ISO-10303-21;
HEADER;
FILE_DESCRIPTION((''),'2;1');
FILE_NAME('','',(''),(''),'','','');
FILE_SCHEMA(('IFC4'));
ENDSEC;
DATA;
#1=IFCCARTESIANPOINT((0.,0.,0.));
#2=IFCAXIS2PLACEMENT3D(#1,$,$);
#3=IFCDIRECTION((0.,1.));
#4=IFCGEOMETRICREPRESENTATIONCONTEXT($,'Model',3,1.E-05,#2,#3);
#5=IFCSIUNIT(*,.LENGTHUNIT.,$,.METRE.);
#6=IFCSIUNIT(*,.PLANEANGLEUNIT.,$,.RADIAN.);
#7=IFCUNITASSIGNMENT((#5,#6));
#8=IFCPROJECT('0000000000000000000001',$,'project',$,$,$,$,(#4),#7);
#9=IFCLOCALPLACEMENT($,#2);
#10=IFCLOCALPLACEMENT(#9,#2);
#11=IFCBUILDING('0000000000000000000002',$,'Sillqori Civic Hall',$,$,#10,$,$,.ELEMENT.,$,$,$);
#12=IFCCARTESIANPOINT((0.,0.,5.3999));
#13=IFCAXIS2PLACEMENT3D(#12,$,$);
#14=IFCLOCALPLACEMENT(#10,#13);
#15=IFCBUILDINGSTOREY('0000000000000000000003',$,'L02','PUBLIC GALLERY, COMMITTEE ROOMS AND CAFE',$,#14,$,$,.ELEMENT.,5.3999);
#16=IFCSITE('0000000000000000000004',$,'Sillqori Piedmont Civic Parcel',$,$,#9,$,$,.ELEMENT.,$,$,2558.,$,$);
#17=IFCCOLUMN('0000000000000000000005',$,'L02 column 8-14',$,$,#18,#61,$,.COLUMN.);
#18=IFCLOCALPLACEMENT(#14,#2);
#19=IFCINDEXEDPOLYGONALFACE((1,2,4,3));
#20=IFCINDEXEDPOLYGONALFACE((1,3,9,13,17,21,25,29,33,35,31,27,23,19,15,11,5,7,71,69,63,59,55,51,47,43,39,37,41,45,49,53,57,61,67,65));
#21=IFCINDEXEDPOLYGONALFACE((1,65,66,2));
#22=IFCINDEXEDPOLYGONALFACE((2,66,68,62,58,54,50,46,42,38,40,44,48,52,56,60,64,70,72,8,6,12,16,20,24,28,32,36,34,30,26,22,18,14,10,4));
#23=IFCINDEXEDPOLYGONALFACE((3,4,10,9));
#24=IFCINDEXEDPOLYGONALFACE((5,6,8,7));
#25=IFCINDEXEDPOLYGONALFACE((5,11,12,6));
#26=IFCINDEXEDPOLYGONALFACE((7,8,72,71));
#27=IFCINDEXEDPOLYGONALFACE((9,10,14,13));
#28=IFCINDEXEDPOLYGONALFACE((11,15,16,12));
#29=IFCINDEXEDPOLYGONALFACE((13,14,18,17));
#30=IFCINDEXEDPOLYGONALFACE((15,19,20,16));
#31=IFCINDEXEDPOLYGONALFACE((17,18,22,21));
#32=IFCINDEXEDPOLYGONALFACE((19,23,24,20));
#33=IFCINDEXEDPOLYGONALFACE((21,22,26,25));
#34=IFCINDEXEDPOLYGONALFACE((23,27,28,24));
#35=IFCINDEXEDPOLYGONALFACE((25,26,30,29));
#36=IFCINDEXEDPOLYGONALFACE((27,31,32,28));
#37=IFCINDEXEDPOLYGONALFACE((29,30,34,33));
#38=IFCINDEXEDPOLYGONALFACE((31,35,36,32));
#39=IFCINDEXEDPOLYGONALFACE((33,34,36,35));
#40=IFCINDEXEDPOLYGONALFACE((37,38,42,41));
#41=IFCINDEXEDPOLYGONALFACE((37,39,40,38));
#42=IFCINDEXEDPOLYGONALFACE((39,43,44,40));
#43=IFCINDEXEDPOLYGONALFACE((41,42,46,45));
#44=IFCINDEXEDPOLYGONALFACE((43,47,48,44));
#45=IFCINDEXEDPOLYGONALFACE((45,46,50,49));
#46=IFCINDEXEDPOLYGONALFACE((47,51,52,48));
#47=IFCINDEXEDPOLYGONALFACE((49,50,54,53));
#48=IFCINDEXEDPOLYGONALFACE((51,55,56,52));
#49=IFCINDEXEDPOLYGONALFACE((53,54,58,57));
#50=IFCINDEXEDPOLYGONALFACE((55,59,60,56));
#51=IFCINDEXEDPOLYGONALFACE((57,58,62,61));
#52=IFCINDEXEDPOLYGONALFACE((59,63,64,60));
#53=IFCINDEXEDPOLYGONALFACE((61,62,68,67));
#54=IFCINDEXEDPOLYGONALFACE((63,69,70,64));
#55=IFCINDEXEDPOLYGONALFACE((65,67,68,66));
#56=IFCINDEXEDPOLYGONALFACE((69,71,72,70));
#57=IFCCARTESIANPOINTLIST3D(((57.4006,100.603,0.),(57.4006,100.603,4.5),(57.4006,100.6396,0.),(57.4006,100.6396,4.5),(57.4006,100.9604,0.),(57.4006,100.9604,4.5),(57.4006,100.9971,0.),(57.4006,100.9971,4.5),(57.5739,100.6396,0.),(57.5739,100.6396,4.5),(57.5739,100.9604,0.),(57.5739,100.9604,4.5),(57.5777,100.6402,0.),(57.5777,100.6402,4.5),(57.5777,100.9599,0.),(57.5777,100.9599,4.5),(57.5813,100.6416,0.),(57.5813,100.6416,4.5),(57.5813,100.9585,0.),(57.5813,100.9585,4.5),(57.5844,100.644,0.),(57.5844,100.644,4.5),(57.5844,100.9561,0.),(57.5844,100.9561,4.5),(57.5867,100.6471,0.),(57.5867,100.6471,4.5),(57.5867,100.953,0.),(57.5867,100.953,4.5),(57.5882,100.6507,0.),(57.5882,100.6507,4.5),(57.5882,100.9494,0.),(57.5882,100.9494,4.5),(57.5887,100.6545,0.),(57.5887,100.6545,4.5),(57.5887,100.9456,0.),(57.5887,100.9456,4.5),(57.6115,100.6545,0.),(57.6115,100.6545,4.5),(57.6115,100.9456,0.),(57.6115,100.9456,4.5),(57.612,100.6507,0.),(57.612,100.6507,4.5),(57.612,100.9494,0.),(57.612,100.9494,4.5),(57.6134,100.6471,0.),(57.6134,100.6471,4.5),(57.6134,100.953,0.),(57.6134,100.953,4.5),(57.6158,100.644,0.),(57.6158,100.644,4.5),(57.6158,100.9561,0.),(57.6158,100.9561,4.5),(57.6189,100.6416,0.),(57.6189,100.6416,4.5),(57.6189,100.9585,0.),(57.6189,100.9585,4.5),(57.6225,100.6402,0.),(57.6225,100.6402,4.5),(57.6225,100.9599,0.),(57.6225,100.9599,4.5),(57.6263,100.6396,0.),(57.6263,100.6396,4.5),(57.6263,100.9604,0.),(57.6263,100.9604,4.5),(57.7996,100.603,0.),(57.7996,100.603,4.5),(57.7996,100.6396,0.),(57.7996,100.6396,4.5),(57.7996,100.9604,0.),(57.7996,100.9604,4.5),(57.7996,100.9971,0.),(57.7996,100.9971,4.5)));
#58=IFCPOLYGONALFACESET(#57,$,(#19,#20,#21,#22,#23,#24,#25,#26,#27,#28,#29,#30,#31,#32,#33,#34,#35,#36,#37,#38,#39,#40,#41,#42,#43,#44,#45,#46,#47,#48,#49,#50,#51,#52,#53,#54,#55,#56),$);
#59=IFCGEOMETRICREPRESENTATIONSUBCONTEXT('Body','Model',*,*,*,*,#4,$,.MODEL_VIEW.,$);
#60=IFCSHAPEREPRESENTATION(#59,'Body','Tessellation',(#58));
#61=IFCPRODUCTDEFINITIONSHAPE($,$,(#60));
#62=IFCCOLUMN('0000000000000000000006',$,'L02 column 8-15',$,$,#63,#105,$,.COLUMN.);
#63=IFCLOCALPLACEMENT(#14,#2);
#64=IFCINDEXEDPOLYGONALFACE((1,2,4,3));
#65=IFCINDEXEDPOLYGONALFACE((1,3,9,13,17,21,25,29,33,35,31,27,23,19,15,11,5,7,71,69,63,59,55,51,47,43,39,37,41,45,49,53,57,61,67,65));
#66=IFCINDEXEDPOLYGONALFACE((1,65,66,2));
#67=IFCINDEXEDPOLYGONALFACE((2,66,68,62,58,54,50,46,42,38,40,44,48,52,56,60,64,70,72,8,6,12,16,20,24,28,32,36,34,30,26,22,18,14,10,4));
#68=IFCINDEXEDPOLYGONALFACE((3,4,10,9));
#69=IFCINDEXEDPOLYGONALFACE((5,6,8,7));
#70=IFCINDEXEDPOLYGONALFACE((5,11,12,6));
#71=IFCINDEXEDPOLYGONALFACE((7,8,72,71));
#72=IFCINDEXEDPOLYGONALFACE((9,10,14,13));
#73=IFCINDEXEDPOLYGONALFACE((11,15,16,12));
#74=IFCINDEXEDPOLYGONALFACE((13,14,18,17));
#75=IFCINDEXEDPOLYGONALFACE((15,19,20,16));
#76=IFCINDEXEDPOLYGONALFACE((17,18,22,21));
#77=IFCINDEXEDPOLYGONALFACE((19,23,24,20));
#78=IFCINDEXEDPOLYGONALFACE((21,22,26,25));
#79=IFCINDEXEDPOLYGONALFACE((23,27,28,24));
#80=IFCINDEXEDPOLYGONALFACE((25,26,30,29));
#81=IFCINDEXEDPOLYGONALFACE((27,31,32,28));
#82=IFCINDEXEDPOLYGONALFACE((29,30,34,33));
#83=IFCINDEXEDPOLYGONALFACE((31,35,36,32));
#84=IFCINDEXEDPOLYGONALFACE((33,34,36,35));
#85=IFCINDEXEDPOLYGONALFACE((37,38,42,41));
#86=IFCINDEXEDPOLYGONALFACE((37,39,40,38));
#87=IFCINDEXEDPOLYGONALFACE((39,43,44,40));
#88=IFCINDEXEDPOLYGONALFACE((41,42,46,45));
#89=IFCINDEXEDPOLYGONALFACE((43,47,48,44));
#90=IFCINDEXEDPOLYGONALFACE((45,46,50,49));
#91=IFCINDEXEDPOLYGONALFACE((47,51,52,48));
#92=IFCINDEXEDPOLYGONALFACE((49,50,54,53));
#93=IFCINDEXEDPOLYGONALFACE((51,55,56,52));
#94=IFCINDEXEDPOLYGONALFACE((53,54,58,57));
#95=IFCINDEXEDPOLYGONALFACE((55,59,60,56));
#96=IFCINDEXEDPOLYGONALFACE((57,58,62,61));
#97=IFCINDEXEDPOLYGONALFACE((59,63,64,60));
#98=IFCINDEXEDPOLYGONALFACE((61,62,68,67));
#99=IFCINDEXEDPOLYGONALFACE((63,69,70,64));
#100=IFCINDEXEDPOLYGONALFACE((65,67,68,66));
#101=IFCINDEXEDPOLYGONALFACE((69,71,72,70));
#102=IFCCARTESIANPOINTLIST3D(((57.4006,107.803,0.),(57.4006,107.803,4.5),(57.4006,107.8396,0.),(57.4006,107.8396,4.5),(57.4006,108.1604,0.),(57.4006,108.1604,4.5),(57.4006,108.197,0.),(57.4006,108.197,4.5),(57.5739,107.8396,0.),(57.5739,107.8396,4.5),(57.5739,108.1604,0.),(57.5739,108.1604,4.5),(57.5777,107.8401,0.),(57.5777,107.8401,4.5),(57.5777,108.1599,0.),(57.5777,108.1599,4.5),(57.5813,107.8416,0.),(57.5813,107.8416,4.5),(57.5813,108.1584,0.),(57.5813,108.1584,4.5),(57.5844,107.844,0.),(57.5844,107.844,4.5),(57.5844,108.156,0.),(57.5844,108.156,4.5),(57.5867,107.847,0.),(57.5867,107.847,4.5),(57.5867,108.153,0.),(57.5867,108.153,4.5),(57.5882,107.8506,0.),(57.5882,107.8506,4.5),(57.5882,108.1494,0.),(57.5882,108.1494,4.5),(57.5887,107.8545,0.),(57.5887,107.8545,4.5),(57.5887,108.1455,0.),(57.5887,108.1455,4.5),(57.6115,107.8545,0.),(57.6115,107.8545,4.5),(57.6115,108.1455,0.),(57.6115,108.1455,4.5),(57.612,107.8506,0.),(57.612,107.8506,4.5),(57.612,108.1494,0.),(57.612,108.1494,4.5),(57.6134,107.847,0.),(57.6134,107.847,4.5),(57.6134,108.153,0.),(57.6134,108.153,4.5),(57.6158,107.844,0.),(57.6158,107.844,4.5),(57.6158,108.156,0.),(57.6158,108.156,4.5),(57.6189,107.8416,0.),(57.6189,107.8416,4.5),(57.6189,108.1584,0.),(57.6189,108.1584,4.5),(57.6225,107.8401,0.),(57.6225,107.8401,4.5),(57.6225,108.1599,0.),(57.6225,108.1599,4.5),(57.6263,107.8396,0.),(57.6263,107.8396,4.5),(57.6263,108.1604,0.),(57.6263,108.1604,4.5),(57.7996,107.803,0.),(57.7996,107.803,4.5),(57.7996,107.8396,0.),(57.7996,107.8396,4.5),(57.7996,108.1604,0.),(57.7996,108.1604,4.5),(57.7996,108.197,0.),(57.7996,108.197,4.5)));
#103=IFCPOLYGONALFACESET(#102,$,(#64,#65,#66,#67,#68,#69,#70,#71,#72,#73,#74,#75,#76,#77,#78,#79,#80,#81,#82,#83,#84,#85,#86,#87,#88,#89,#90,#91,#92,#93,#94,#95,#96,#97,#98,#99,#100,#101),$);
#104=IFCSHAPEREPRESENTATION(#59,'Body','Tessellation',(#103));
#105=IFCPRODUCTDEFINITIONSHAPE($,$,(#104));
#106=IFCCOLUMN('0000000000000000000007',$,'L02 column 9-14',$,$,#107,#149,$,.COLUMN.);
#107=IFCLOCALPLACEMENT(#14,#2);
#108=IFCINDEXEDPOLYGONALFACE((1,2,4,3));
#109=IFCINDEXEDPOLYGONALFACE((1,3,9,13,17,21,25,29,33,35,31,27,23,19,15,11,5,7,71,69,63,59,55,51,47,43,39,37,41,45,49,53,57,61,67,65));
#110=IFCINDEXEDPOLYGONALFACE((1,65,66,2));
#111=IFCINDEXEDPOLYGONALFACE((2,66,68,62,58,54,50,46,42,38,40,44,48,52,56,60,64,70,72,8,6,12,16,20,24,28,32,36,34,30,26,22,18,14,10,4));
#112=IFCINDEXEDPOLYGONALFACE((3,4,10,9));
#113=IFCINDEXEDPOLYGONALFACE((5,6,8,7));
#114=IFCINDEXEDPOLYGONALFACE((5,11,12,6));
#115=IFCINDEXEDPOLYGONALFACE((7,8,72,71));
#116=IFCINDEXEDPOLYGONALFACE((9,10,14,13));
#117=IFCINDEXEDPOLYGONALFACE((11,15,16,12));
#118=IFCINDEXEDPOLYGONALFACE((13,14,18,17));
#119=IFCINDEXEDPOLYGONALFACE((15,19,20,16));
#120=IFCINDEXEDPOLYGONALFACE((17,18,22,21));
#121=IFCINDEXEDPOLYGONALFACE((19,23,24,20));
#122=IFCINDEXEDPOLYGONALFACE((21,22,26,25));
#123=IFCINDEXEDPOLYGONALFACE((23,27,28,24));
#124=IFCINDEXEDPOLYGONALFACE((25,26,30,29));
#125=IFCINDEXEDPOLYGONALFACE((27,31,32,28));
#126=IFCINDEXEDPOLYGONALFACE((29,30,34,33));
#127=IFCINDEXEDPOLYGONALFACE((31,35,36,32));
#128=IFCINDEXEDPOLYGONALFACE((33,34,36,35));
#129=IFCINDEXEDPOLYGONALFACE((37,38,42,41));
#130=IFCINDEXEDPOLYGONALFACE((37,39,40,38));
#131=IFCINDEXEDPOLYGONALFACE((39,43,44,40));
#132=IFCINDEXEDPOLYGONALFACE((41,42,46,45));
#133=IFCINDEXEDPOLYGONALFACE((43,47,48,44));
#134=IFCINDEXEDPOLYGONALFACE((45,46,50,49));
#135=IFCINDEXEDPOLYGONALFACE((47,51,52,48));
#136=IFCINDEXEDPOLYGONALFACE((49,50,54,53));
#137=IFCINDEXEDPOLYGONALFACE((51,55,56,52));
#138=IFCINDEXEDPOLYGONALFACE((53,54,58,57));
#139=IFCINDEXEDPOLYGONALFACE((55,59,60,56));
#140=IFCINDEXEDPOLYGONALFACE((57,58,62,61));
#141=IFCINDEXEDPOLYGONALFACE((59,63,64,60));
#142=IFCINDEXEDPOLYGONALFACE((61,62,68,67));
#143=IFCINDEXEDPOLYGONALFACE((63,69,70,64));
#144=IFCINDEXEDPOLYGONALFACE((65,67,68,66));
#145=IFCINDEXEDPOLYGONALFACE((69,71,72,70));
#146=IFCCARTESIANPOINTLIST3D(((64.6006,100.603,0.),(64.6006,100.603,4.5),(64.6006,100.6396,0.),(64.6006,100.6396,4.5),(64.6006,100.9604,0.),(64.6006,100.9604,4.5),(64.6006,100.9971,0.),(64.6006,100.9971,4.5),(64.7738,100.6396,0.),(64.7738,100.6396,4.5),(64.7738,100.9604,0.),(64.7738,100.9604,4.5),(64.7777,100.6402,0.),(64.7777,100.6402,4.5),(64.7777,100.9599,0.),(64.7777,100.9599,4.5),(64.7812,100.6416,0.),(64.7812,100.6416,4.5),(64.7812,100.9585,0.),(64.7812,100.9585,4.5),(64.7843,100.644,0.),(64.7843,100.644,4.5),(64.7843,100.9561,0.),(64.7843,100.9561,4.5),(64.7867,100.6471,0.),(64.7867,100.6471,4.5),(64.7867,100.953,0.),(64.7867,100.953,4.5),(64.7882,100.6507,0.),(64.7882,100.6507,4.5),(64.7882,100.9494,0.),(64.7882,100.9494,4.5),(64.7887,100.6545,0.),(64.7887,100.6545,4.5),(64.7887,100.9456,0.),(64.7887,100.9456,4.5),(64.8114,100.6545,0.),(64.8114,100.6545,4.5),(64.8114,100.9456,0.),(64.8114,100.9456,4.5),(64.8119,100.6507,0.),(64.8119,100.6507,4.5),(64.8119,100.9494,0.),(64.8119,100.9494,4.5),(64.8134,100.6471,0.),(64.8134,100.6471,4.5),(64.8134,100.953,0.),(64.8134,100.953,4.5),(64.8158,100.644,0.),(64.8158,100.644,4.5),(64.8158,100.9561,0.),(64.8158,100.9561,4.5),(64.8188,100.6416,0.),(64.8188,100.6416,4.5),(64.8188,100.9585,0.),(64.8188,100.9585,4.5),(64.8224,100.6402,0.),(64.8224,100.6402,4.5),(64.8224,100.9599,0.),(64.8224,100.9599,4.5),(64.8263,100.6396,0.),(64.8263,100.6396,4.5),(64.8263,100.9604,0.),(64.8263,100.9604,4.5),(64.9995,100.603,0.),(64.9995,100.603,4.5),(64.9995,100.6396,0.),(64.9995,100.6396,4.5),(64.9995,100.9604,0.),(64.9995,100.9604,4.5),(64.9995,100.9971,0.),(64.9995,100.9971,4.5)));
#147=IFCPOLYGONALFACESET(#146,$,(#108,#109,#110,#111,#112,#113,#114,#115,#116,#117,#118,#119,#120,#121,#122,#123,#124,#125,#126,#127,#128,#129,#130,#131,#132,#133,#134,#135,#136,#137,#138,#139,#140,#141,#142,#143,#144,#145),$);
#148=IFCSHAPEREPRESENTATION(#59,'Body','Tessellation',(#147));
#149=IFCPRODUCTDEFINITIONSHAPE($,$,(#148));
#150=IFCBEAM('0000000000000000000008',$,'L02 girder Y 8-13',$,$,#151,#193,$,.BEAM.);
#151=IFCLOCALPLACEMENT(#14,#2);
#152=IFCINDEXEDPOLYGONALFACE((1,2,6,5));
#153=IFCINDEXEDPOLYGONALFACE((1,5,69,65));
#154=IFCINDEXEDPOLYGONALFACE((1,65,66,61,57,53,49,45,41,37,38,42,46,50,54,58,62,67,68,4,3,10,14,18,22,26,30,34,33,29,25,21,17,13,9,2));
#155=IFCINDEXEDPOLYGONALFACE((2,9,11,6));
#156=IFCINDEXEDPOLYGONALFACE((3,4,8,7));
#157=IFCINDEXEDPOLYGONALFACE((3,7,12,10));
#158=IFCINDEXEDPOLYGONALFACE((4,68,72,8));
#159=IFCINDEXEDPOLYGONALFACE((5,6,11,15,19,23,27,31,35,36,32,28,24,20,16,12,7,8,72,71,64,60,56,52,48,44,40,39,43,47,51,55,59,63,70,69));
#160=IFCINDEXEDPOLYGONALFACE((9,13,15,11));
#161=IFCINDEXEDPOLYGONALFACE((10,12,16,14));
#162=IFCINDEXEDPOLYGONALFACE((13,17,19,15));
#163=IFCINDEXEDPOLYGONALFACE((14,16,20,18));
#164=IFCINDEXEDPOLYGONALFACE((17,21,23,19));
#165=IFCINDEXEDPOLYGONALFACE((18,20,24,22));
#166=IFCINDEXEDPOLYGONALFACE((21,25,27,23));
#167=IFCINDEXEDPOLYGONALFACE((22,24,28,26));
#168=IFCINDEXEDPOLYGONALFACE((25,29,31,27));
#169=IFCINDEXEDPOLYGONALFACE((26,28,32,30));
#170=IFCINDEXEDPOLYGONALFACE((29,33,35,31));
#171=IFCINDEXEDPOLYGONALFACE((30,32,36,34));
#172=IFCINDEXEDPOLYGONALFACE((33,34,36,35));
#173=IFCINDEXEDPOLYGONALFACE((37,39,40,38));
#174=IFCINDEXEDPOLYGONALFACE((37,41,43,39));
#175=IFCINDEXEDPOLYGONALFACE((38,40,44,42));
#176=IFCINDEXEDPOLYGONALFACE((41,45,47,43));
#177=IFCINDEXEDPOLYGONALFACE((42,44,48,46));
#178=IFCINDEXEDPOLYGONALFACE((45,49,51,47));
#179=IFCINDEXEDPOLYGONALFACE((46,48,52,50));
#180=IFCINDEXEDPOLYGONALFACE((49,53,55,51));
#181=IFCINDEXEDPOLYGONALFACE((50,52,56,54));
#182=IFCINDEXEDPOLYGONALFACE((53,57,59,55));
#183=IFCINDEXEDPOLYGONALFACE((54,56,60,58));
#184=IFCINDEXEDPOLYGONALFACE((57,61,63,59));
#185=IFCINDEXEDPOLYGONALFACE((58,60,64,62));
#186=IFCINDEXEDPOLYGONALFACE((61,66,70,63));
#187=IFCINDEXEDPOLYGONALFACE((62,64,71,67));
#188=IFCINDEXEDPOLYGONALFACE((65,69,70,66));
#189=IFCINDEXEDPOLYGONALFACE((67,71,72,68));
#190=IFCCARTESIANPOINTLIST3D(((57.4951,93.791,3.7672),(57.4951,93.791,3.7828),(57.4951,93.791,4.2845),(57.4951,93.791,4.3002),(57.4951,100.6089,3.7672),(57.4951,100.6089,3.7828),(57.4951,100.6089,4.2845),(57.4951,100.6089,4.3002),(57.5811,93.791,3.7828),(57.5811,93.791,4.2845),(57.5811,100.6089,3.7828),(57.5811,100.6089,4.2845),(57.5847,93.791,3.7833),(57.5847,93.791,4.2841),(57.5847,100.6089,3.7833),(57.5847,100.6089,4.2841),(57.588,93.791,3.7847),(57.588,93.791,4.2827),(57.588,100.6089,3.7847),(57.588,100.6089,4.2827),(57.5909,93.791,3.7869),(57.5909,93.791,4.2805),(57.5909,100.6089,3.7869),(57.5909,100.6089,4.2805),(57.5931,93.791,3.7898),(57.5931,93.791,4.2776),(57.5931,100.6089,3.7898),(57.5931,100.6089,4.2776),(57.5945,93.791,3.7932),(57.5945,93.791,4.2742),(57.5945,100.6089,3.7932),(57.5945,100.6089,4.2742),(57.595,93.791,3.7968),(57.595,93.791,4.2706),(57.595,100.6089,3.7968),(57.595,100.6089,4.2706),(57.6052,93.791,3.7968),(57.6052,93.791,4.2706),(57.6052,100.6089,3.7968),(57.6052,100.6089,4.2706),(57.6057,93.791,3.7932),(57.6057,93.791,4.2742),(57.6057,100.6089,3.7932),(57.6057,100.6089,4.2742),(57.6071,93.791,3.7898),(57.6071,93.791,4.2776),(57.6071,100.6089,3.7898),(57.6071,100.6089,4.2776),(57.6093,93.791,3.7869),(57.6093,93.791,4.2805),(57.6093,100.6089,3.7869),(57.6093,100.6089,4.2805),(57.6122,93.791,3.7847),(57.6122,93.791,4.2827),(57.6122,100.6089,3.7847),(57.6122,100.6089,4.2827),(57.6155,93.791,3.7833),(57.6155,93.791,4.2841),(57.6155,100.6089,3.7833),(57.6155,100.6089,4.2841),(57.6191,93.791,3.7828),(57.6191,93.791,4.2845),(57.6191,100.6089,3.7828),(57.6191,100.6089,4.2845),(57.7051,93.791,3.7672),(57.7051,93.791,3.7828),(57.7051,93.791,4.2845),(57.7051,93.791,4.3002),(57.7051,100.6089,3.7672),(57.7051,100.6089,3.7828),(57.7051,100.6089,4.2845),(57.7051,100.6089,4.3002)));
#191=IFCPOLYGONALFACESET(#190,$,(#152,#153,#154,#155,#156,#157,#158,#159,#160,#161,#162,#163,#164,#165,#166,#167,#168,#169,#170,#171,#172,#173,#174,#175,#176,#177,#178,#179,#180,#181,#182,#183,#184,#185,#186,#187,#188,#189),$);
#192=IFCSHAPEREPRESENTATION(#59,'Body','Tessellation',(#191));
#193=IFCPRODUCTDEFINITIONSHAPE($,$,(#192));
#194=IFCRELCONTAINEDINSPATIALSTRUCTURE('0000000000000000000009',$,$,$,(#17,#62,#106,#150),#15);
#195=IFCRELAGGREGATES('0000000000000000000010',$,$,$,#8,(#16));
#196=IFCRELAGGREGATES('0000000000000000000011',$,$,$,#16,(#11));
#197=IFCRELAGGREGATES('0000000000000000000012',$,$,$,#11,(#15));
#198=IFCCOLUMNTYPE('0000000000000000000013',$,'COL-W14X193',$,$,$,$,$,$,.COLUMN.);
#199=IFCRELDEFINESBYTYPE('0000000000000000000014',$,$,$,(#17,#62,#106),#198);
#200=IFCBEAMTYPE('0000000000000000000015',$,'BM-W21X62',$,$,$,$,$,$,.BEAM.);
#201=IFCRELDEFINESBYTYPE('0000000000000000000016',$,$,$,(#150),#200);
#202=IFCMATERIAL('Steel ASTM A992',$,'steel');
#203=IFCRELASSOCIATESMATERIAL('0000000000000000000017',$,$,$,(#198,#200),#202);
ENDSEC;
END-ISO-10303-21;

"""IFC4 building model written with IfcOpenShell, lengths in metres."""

from ifc_helpers import new_model, si_unit, direction, frame, origin, origin_2d, place, context, subcontext, project, spatial, i_section, extrude, material, material_profile, profile_set, type_object, element, save


model = new_model("IFC4")

# Units and contexts
model_context = context("Model", 3, precision=1e-05, world=origin(), true_north=direction((0.0, 1.0)))
body_context = subcontext(model_context, "Body", "Model", "MODEL_VIEW")
ifc_project = project(units=[si_unit("LENGTHUNIT", "METRE"), si_unit("PLANEANGLEUNIT", "RADIAN")], contexts=[model_context])

# Site, building, storey
site_placement = place(None, origin())
site = spatial("IfcSite", under=ifc_project, at=site_placement, Name="Sillqori Piedmont Civic Parcel", CompositionType="ELEMENT", RefElevation=2558.0)
building_placement = place(site_placement, origin())
building = spatial("IfcBuilding", under=site, at=building_placement, Name="Sillqori Civic Hall", CompositionType="ELEMENT")
storey_placement = place(building_placement, frame((0.0, 0.0, 5.3999)))
storey = spatial("IfcBuildingStorey", under=building, at=storey_placement, Name="L02", Description="PUBLIC GALLERY, COMMITTEE ROOMS AND CAFE", CompositionType="ELEMENT", Elevation=5.3999)

# Columns
ifc_material_1 = material(Name="Steel ASTM A992", Category="steel")
ifc_material_profile_1 = material_profile(ifc_material_1, i_section(OverallWidth=0.3989, OverallDepth=0.394, WebThickness=0.0227, FlangeThickness=0.0366, FilletRadius=0.0149, at=origin_2d()), Name="W14X193")
ifc_profile_set_1 = profile_set([ifc_material_profile_1], Name="Steel ASTM A992")
column_type = type_object("IfcColumnType", Name="COL-W14X193", PredefinedType="COLUMN", material=ifc_profile_set_1)
for number, where, z_axis, x_axis, name in (
    (1, (57.6001, 100.8, 0.0), (0.0, 0.0, 1.0), (1.0, 0.0, 0.0), "L02 column 8-14"),
    (2, (57.6001, 108.0, 0.0), (0.0, 0.0, 1.0), (1.0, 0.0, 0.0), "L02 column 8-15"),
    (3, (64.8, 100.8, 0.0), (0.0, 0.0, 1.0), (1.0, 0.0, 0.0), "L02 column 9-14"),
):
    element("IfcColumn", number, at=place(storey_placement, frame(where, z_axis=z_axis, x_axis=x_axis)), inside=storey, type_object=column_type, Name=name, PredefinedType="COLUMN", context=body_context, shape_type="SweptSolid", body=[
        extrude(i_section(OverallWidth=0.3989, OverallDepth=0.394, WebThickness=0.0227, FlangeThickness=0.0366, FilletRadius=0.0149, at=origin_2d()), origin(), (0.0, 0.0, 1.0), 4.5),
    ])

# Beam
ifc_material_profile_2 = material_profile(ifc_material_1, i_section(OverallWidth=0.21, OverallDepth=0.533, WebThickness=0.0103, FlangeThickness=0.0156, FilletRadius=0.0139, at=origin_2d()), Name="W21X62")
ifc_profile_set_2 = profile_set([ifc_material_profile_2], Name="Steel ASTM A992")
beam_type_1 = type_object("IfcBeamType", Name="BM-W21X62", PredefinedType="BEAM", material=ifc_profile_set_2)
beam_1_placement = place(storey_placement, frame((57.6001, 93.791, 4.0337), z_axis=(0.0, 1.0, 0.0), x_axis=(-1.0, 0.0, 0.0)))
element("IfcBeam", 4, at=beam_1_placement, inside=storey, type_object=beam_type_1, Name="L02 girder Y 8-13", PredefinedType="BEAM", context=body_context, shape_type="SweptSolid", body=[
    extrude(i_section(OverallWidth=0.21, OverallDepth=0.533, WebThickness=0.0103, FlangeThickness=0.0156, FilletRadius=0.0139, at=origin_2d()), origin(), (0.0, 0.0, 1.0), 6.8179),
])

save(model, "model.ifc")
